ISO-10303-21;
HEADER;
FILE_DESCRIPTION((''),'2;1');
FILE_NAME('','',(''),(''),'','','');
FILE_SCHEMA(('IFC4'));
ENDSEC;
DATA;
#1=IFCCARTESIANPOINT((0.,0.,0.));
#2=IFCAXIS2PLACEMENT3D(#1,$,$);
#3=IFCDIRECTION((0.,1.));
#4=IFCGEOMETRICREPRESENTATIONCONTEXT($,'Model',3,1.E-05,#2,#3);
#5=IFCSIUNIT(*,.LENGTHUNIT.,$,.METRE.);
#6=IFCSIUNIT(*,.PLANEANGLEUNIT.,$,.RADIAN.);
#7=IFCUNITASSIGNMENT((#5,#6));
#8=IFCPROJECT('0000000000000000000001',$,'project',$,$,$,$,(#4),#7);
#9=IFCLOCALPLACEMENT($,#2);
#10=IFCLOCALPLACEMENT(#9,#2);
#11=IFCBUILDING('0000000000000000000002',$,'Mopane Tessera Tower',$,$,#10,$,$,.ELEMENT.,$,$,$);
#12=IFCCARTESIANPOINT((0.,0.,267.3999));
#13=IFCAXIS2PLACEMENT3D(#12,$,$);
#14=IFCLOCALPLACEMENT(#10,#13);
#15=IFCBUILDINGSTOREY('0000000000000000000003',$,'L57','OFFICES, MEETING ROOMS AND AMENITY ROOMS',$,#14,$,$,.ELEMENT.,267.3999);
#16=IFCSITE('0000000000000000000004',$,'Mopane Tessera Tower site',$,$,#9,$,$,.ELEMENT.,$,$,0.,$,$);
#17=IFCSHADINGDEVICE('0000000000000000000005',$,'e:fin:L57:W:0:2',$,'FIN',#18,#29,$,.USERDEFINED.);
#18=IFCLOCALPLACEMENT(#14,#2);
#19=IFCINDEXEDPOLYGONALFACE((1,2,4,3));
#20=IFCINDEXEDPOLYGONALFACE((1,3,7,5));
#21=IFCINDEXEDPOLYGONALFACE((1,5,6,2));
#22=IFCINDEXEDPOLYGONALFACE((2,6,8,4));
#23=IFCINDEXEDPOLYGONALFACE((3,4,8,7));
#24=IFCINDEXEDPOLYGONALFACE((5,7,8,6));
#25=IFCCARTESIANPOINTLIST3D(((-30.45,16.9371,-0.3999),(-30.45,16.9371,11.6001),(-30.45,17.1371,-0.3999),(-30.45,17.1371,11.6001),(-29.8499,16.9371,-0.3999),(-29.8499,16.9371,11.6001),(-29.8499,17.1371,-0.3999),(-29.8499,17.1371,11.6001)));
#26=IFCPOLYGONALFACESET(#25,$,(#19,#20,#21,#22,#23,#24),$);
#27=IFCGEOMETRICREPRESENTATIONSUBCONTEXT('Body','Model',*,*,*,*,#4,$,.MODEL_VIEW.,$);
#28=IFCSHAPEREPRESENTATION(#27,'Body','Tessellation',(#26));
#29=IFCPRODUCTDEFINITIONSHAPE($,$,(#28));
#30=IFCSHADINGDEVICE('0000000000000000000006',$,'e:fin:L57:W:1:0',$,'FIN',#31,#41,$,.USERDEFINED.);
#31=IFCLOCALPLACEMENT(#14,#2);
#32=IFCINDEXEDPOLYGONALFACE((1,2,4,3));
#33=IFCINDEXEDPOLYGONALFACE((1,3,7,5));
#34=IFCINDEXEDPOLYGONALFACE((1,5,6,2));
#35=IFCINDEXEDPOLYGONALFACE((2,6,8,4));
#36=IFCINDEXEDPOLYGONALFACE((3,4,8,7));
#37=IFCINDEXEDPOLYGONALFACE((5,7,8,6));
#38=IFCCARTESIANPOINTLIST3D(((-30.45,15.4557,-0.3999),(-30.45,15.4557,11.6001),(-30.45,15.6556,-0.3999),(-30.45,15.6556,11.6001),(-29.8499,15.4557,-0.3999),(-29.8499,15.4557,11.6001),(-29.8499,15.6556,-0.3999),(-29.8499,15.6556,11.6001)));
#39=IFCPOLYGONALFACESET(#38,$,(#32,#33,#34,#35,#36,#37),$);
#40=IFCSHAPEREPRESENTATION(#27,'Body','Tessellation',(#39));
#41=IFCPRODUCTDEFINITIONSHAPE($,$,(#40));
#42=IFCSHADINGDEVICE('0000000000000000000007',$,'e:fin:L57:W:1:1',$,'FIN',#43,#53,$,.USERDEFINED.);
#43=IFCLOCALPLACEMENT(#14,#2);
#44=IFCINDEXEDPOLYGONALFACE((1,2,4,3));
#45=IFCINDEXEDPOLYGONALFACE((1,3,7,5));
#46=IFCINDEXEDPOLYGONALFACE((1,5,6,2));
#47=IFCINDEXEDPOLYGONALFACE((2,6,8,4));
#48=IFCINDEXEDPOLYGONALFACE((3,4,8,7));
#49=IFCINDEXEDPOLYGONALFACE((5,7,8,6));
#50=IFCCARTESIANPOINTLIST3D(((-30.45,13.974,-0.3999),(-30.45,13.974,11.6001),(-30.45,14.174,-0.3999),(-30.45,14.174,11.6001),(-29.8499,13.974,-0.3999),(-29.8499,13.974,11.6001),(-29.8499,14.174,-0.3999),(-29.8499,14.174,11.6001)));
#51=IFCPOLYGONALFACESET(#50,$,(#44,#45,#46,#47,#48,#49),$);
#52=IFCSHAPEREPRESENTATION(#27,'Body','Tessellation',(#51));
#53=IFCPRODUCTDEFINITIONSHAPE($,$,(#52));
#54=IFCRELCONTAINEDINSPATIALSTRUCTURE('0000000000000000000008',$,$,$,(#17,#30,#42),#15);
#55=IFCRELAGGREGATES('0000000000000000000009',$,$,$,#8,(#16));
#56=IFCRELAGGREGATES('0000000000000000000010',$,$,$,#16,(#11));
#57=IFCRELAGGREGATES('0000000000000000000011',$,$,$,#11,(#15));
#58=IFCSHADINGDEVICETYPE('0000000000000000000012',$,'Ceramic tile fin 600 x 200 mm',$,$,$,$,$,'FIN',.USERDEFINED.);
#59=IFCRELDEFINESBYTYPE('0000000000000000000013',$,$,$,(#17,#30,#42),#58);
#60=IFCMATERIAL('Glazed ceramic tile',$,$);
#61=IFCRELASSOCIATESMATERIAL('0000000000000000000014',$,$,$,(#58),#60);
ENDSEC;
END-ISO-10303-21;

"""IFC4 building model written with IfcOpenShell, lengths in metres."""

from ifc_helpers import new_model, si_unit, direction, frame, origin, origin_2d, place, context, subcontext, project, spatial, rectangle, extrude, material, type_object, element, save


model = new_model("IFC4")

# Units and contexts
model_context = context("Model", 3, precision=1e-05, world=origin(), true_north=direction((0.0, 1.0)))
body_context = subcontext(model_context, "Body", "Model", "MODEL_VIEW")
ifc_project = project(units=[si_unit("LENGTHUNIT", "METRE"), si_unit("PLANEANGLEUNIT", "RADIAN")], contexts=[model_context])

# Site, building, storey
site_placement = place(None, origin())
site = spatial("IfcSite", under=ifc_project, at=site_placement, Name="Mopane Tessera Tower site", CompositionType="ELEMENT", RefElevation=0.0)
building_placement = place(site_placement, origin())
building = spatial("IfcBuilding", under=site, at=building_placement, Name="Mopane Tessera Tower", CompositionType="ELEMENT")
storey_placement = place(building_placement, frame((0.0, 0.0, 267.3999)))
storey = spatial("IfcBuildingStorey", under=building, at=storey_placement, Name="L57", Description="OFFICES, MEETING ROOMS AND AMENITY ROOMS", CompositionType="ELEMENT", Elevation=267.3999)

# Shading devices
ifc_material_1 = material(Name="Glazed ceramic tile")
shading_device_type = type_object("IfcShadingDeviceType", Name="Ceramic tile fin 600 x 200 mm", ElementType="FIN", PredefinedType="USERDEFINED", material=ifc_material_1)
for number, where, z_axis, x_axis, name in (
    (1, (-30.1499, 17.0371, -0.3999), (0.0, 0.0, 1.0), (0.0, -1.0, 0.0), "e:fin:L57:W:0:2"),
    (2, (-30.1499, 15.5557, -0.3999), (0.0, 0.0, 1.0), (0.0, -1.0, 0.0), "e:fin:L57:W:1:0"),
    (3, (-30.1499, 14.074, -0.3999), (0.0, 0.0, 1.0), (0.0, -1.0, 0.0), "e:fin:L57:W:1:1"),
):
    element("IfcShadingDevice", number, at=place(storey_placement, frame(where, z_axis=z_axis, x_axis=x_axis)), inside=storey, type_object=shading_device_type, Name=name, ObjectType="FIN", PredefinedType="USERDEFINED", context=body_context, shape_type="SweptSolid", body=[
        extrude(rectangle(XDim=0.2, YDim=0.6001, at=origin_2d()), origin(), (0.0, 0.0, 1.0), 12.0),
    ])

save(model, "model.ifc")
